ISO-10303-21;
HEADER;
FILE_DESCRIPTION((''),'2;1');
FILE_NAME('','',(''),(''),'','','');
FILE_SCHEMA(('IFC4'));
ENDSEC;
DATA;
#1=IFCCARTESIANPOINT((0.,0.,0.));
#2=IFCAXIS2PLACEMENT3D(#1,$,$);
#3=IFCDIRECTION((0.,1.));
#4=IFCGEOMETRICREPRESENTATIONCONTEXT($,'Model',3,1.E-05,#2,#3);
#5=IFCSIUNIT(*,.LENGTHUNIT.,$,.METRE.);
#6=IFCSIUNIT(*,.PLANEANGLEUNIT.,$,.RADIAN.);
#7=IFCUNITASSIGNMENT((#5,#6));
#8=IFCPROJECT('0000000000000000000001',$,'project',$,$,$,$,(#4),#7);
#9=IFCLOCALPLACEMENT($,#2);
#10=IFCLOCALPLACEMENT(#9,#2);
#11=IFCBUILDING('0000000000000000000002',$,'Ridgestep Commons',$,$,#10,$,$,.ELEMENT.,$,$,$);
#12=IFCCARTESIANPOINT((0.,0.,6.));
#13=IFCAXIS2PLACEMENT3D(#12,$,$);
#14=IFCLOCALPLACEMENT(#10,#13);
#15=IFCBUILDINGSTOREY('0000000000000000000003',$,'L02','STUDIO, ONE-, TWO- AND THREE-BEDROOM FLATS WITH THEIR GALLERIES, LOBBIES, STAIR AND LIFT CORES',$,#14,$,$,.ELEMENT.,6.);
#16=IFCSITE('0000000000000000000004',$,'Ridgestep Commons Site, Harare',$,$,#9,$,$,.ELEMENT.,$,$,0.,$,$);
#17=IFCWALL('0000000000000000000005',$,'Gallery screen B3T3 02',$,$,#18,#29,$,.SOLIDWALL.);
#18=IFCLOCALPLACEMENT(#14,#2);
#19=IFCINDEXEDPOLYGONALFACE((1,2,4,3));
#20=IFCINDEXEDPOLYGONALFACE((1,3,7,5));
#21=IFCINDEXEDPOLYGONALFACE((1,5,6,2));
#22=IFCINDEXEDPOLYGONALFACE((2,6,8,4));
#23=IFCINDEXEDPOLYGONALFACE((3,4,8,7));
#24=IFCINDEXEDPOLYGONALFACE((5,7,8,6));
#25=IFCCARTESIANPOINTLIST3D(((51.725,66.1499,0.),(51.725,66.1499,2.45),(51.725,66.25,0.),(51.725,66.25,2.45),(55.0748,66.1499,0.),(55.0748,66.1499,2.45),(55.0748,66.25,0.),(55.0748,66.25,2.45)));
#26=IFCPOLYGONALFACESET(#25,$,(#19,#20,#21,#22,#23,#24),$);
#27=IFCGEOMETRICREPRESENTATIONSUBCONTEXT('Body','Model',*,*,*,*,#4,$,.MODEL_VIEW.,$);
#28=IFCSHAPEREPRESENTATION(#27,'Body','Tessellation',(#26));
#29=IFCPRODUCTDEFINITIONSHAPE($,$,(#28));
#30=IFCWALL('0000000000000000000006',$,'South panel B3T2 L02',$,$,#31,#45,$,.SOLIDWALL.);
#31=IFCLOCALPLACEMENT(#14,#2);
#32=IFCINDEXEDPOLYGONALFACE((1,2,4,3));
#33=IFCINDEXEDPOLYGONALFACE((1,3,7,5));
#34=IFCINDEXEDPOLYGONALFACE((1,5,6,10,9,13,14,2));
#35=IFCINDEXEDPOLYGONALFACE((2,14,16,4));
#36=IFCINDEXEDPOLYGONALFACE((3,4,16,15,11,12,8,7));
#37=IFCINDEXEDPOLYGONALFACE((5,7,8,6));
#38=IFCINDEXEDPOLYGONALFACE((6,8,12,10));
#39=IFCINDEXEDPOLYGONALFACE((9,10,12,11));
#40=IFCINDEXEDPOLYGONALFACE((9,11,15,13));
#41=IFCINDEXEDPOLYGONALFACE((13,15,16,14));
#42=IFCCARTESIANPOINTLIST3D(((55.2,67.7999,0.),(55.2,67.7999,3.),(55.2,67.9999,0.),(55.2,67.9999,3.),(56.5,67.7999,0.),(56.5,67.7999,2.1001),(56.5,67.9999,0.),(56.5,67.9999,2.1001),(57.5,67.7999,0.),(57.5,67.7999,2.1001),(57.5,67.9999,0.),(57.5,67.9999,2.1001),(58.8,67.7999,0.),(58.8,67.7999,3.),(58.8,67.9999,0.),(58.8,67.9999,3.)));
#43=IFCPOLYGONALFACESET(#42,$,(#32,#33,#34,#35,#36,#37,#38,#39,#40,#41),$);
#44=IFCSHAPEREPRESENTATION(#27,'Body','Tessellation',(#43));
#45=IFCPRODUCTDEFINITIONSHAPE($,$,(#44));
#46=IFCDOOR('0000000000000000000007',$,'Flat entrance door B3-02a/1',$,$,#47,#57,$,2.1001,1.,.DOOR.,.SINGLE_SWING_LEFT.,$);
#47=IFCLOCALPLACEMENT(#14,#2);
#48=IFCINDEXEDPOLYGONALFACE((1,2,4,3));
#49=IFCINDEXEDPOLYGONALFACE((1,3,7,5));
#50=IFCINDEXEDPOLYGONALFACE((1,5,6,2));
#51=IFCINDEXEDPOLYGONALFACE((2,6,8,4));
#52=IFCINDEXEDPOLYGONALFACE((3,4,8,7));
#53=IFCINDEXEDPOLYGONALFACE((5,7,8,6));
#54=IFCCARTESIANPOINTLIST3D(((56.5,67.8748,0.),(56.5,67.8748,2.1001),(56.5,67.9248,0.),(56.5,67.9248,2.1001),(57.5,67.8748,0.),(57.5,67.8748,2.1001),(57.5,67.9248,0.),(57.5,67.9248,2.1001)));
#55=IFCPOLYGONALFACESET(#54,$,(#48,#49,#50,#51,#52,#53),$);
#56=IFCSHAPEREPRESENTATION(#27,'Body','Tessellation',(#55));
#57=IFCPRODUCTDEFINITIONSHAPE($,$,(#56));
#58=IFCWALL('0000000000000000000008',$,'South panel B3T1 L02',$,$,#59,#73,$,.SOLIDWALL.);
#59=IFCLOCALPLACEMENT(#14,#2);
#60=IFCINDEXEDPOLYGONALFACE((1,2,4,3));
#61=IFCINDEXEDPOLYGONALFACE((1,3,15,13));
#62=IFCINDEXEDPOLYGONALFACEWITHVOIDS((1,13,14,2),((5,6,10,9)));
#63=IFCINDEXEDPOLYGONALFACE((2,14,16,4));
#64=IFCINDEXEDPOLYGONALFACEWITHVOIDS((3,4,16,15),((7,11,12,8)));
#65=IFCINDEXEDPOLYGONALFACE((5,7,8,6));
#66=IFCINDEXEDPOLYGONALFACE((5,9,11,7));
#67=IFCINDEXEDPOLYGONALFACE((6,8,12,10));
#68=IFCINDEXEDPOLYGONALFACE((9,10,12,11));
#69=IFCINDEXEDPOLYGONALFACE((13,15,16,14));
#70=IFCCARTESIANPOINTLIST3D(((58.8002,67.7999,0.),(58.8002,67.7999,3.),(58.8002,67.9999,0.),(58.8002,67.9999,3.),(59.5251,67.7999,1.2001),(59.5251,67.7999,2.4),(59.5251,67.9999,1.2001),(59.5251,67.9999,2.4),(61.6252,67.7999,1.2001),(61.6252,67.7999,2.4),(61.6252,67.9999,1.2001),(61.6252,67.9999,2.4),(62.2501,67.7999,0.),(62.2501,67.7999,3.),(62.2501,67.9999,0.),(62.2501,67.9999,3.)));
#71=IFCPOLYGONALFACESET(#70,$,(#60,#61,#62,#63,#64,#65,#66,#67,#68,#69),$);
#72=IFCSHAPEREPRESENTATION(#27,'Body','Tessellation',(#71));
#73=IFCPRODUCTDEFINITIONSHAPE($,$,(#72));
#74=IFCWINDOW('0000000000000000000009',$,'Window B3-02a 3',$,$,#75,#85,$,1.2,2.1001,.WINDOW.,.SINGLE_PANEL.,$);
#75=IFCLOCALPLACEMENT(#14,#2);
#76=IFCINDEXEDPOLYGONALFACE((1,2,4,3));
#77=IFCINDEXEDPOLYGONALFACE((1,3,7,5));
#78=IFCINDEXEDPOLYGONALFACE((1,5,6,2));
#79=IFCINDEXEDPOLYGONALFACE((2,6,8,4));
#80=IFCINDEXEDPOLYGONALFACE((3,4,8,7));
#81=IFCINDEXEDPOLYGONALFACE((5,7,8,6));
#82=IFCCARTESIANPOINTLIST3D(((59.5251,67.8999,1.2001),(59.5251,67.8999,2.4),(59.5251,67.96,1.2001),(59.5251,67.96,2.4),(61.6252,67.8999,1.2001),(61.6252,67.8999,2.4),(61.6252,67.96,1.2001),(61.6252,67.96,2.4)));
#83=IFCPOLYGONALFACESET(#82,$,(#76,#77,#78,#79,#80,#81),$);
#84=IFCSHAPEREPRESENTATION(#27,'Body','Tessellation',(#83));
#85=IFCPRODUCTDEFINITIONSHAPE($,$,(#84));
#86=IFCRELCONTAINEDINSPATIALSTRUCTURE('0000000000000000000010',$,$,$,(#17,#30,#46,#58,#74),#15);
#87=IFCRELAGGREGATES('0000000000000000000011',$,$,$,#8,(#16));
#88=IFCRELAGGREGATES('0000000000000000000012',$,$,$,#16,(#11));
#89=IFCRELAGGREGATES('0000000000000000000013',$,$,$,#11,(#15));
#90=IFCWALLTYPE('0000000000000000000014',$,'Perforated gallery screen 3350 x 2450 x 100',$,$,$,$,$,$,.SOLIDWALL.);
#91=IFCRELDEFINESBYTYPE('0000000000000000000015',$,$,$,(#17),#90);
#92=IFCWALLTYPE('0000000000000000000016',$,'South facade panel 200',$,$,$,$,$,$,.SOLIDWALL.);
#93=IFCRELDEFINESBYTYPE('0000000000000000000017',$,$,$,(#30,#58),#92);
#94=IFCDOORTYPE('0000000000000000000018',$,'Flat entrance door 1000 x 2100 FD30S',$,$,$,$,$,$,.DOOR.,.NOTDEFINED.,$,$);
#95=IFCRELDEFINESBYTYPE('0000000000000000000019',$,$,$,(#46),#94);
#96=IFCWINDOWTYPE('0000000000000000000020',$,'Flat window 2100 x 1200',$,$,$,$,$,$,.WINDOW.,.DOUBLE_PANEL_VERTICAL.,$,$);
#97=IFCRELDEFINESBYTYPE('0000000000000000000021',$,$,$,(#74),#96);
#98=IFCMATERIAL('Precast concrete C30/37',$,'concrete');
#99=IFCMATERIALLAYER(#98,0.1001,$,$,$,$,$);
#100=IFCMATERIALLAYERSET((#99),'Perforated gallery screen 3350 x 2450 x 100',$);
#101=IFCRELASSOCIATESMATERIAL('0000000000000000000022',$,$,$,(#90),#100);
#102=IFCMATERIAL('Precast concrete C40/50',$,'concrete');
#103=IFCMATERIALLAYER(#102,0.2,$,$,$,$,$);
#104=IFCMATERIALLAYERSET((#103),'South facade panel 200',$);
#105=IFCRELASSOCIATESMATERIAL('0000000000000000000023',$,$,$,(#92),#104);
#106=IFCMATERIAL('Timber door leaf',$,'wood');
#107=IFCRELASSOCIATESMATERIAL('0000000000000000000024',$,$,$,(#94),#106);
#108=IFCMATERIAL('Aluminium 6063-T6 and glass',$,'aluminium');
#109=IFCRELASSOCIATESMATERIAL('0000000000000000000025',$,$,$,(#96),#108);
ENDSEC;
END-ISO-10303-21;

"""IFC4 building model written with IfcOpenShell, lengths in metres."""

from ifc_helpers import new_model, si_unit, direction, frame, frame_2d, origin, place, context, subcontext, project, spatial, rectangle, extrude, material, layer, layer_set, type_object, element, fill, save


model = new_model("IFC4")

# Units and contexts
model_context = context("Model", 3, precision=1e-05, world=origin(), true_north=direction((0.0, 1.0)))
body_context = subcontext(model_context, "Body", "Model", "MODEL_VIEW")
ifc_project = project(units=[si_unit("LENGTHUNIT", "METRE"), si_unit("PLANEANGLEUNIT", "RADIAN")], contexts=[model_context])

# Site, building, storey
site_placement = place(None, origin())
site = spatial("IfcSite", under=ifc_project, at=site_placement, Name="Ridgestep Commons Site, Harare", CompositionType="ELEMENT", RefElevation=0.0)
building_placement = place(site_placement, origin())
building = spatial("IfcBuilding", under=site, at=building_placement, Name="Ridgestep Commons", CompositionType="ELEMENT")
storey_placement = place(building_placement, frame((0.0, 0.0, 6.0)))
storey = spatial("IfcBuildingStorey", under=building, at=storey_placement, Name="L02", Description="STUDIO, ONE-, TWO- AND THREE-BEDROOM FLATS WITH THEIR GALLERIES, LOBBIES, STAIR AND LIFT CORES", CompositionType="ELEMENT", Elevation=6.0)

# Wall
ifc_material_1 = material(Name="Precast concrete C30/37", Category="concrete")
ifc_layer_1 = layer(ifc_material_1, 0.1001)
ifc_layer_set_1 = layer_set([ifc_layer_1], Name="Perforated gallery screen 3350 x 2450 x 100")
wall_type_1 = type_object("IfcWallType", Name="Perforated gallery screen 3350 x 2450 x 100", PredefinedType="SOLIDWALL", material=ifc_layer_set_1)
wall_1_placement = place(storey_placement, frame((51.7251, 66.2, 0.0), z_axis=(0.0, 0.0, 1.0), x_axis=(1.0, 0.0, 0.0)))
element("IfcWall", 1, at=wall_1_placement, inside=storey, type_object=wall_type_1, Name="Gallery screen B3T3 02", PredefinedType="SOLIDWALL", context=body_context, shape_type="SweptSolid", body=[
    extrude(rectangle(XDim=3.3499, YDim=0.1001, at=frame_2d((1.6748, 0.0))), origin(), (0.0, 0.0, 1.0), 2.45),
])

# Wall, opening, door
ifc_material_2 = material(Name="Precast concrete C40/50", Category="concrete")
ifc_layer_2 = layer(ifc_material_2, 0.2)
ifc_layer_set_2 = layer_set([ifc_layer_2], Name="South facade panel 200")
wall_type_2 = type_object("IfcWallType", Name="South facade panel 200", PredefinedType="SOLIDWALL", material=ifc_layer_set_2)
wall_2_placement = place(storey_placement, frame((55.2, 67.8999, 0.0), z_axis=(0.0, 0.0, 1.0), x_axis=(1.0, 0.0, 0.0)))
wall_2 = element("IfcWall", 2, at=wall_2_placement, inside=storey, type_object=wall_type_2, Name="South panel B3T2 L02", PredefinedType="SOLIDWALL", context=body_context, shape_type="SweptSolid", body=[
    extrude(rectangle(XDim=3.6001, YDim=0.2, at=frame_2d((1.8, 0.0))), origin(), (0.0, 0.0, 1.0), 3.0),
])
opening_1_placement = place(wall_2_placement, frame((1.3, 0.0, 0.0)))
opening_1 = element("IfcOpeningElement", 3, at=opening_1_placement, cuts=wall_2, PredefinedType="OPENING", context=body_context, shape_type="SweptSolid", body=[
    extrude(rectangle(XDim=1.0, YDim=2.1001, at=frame_2d((0.5, 1.05))), frame((0.0, 0.1099, 0.0), z_axis=(0.0, -1.0, 0.0), x_axis=(1.0, 0.0, 0.0)), (0.0, 0.0, 1.0), 0.22),
])
ifc_material_3 = material(Name="Timber door leaf", Category="wood")
door_type_1 = type_object("IfcDoorType", Name="Flat entrance door 1000 x 2100 FD30S", OperationType="NOTDEFINED", PredefinedType="DOOR", material=ifc_material_3)
door_1_placement = place(opening_1_placement, origin())
door_1 = element("IfcDoor", 4, at=door_1_placement, inside=storey, type_object=door_type_1, Name="Flat entrance door B3-02a/1", OperationType="SINGLE_SWING_LEFT", OverallHeight=2.1001, OverallWidth=1.0, PredefinedType="DOOR", context=body_context, shape_type="SweptSolid", body=[
    extrude(rectangle(XDim=1.0, YDim=2.1001, at=frame_2d((0.5, 1.05))), frame((0.0, 0.0249, 0.0), z_axis=(0.0, -1.0, 0.0), x_axis=(1.0, 0.0, 0.0)), (0.0, 0.0, 1.0), 0.05),
])
fill(opening_1, door_1)

# Wall, opening, window
wall_3_placement = place(storey_placement, frame((58.8, 67.8999, 0.0), z_axis=(0.0, 0.0, 1.0), x_axis=(1.0, 0.0, 0.0)))
wall_3 = element("IfcWall", 5, at=wall_3_placement, inside=storey, type_object=wall_type_2, Name="South panel B3T1 L02", PredefinedType="SOLIDWALL", context=body_context, shape_type="SweptSolid", body=[
    extrude(rectangle(XDim=3.45, YDim=0.2, at=frame_2d((1.7251, 0.0))), origin(), (0.0, 0.0, 1.0), 3.0),
])
opening_2_placement = place(wall_3_placement, frame((0.7251, 0.0, 1.2)))
opening_2 = element("IfcOpeningElement", 6, at=opening_2_placement, cuts=wall_3, PredefinedType="OPENING", context=body_context, shape_type="SweptSolid", body=[
    extrude(rectangle(XDim=2.1001, YDim=1.2, at=frame_2d((1.05, 0.6001))), frame((0.0, 0.1099, 0.0), z_axis=(0.0, -1.0, 0.0), x_axis=(1.0, 0.0, 0.0)), (0.0, 0.0, 1.0), 0.22),
])
ifc_material_4 = material(Name="Aluminium 6063-T6 and glass", Category="aluminium")
window_type = type_object("IfcWindowType", Name="Flat window 2100 x 1200", PartitioningType="DOUBLE_PANEL_VERTICAL", PredefinedType="WINDOW", material=ifc_material_4)
window_placement = place(opening_2_placement, origin())
window = element("IfcWindow", 7, at=window_placement, inside=storey, type_object=window_type, Name="Window B3-02a 3", OverallHeight=1.2, OverallWidth=2.1001, PartitioningType="SINGLE_PANEL", PredefinedType="WINDOW", context=body_context, shape_type="SweptSolid", body=[
    extrude(rectangle(XDim=2.1001, YDim=1.2, at=frame_2d((1.05, 0.6001))), frame((0.0, 0.0601, 0.0), z_axis=(0.0, -1.0, 0.0), x_axis=(1.0, 0.0, 0.0)), (0.0, 0.0, 1.0), 0.0601),
])
fill(opening_2, window)

save(model, "model.ifc")
